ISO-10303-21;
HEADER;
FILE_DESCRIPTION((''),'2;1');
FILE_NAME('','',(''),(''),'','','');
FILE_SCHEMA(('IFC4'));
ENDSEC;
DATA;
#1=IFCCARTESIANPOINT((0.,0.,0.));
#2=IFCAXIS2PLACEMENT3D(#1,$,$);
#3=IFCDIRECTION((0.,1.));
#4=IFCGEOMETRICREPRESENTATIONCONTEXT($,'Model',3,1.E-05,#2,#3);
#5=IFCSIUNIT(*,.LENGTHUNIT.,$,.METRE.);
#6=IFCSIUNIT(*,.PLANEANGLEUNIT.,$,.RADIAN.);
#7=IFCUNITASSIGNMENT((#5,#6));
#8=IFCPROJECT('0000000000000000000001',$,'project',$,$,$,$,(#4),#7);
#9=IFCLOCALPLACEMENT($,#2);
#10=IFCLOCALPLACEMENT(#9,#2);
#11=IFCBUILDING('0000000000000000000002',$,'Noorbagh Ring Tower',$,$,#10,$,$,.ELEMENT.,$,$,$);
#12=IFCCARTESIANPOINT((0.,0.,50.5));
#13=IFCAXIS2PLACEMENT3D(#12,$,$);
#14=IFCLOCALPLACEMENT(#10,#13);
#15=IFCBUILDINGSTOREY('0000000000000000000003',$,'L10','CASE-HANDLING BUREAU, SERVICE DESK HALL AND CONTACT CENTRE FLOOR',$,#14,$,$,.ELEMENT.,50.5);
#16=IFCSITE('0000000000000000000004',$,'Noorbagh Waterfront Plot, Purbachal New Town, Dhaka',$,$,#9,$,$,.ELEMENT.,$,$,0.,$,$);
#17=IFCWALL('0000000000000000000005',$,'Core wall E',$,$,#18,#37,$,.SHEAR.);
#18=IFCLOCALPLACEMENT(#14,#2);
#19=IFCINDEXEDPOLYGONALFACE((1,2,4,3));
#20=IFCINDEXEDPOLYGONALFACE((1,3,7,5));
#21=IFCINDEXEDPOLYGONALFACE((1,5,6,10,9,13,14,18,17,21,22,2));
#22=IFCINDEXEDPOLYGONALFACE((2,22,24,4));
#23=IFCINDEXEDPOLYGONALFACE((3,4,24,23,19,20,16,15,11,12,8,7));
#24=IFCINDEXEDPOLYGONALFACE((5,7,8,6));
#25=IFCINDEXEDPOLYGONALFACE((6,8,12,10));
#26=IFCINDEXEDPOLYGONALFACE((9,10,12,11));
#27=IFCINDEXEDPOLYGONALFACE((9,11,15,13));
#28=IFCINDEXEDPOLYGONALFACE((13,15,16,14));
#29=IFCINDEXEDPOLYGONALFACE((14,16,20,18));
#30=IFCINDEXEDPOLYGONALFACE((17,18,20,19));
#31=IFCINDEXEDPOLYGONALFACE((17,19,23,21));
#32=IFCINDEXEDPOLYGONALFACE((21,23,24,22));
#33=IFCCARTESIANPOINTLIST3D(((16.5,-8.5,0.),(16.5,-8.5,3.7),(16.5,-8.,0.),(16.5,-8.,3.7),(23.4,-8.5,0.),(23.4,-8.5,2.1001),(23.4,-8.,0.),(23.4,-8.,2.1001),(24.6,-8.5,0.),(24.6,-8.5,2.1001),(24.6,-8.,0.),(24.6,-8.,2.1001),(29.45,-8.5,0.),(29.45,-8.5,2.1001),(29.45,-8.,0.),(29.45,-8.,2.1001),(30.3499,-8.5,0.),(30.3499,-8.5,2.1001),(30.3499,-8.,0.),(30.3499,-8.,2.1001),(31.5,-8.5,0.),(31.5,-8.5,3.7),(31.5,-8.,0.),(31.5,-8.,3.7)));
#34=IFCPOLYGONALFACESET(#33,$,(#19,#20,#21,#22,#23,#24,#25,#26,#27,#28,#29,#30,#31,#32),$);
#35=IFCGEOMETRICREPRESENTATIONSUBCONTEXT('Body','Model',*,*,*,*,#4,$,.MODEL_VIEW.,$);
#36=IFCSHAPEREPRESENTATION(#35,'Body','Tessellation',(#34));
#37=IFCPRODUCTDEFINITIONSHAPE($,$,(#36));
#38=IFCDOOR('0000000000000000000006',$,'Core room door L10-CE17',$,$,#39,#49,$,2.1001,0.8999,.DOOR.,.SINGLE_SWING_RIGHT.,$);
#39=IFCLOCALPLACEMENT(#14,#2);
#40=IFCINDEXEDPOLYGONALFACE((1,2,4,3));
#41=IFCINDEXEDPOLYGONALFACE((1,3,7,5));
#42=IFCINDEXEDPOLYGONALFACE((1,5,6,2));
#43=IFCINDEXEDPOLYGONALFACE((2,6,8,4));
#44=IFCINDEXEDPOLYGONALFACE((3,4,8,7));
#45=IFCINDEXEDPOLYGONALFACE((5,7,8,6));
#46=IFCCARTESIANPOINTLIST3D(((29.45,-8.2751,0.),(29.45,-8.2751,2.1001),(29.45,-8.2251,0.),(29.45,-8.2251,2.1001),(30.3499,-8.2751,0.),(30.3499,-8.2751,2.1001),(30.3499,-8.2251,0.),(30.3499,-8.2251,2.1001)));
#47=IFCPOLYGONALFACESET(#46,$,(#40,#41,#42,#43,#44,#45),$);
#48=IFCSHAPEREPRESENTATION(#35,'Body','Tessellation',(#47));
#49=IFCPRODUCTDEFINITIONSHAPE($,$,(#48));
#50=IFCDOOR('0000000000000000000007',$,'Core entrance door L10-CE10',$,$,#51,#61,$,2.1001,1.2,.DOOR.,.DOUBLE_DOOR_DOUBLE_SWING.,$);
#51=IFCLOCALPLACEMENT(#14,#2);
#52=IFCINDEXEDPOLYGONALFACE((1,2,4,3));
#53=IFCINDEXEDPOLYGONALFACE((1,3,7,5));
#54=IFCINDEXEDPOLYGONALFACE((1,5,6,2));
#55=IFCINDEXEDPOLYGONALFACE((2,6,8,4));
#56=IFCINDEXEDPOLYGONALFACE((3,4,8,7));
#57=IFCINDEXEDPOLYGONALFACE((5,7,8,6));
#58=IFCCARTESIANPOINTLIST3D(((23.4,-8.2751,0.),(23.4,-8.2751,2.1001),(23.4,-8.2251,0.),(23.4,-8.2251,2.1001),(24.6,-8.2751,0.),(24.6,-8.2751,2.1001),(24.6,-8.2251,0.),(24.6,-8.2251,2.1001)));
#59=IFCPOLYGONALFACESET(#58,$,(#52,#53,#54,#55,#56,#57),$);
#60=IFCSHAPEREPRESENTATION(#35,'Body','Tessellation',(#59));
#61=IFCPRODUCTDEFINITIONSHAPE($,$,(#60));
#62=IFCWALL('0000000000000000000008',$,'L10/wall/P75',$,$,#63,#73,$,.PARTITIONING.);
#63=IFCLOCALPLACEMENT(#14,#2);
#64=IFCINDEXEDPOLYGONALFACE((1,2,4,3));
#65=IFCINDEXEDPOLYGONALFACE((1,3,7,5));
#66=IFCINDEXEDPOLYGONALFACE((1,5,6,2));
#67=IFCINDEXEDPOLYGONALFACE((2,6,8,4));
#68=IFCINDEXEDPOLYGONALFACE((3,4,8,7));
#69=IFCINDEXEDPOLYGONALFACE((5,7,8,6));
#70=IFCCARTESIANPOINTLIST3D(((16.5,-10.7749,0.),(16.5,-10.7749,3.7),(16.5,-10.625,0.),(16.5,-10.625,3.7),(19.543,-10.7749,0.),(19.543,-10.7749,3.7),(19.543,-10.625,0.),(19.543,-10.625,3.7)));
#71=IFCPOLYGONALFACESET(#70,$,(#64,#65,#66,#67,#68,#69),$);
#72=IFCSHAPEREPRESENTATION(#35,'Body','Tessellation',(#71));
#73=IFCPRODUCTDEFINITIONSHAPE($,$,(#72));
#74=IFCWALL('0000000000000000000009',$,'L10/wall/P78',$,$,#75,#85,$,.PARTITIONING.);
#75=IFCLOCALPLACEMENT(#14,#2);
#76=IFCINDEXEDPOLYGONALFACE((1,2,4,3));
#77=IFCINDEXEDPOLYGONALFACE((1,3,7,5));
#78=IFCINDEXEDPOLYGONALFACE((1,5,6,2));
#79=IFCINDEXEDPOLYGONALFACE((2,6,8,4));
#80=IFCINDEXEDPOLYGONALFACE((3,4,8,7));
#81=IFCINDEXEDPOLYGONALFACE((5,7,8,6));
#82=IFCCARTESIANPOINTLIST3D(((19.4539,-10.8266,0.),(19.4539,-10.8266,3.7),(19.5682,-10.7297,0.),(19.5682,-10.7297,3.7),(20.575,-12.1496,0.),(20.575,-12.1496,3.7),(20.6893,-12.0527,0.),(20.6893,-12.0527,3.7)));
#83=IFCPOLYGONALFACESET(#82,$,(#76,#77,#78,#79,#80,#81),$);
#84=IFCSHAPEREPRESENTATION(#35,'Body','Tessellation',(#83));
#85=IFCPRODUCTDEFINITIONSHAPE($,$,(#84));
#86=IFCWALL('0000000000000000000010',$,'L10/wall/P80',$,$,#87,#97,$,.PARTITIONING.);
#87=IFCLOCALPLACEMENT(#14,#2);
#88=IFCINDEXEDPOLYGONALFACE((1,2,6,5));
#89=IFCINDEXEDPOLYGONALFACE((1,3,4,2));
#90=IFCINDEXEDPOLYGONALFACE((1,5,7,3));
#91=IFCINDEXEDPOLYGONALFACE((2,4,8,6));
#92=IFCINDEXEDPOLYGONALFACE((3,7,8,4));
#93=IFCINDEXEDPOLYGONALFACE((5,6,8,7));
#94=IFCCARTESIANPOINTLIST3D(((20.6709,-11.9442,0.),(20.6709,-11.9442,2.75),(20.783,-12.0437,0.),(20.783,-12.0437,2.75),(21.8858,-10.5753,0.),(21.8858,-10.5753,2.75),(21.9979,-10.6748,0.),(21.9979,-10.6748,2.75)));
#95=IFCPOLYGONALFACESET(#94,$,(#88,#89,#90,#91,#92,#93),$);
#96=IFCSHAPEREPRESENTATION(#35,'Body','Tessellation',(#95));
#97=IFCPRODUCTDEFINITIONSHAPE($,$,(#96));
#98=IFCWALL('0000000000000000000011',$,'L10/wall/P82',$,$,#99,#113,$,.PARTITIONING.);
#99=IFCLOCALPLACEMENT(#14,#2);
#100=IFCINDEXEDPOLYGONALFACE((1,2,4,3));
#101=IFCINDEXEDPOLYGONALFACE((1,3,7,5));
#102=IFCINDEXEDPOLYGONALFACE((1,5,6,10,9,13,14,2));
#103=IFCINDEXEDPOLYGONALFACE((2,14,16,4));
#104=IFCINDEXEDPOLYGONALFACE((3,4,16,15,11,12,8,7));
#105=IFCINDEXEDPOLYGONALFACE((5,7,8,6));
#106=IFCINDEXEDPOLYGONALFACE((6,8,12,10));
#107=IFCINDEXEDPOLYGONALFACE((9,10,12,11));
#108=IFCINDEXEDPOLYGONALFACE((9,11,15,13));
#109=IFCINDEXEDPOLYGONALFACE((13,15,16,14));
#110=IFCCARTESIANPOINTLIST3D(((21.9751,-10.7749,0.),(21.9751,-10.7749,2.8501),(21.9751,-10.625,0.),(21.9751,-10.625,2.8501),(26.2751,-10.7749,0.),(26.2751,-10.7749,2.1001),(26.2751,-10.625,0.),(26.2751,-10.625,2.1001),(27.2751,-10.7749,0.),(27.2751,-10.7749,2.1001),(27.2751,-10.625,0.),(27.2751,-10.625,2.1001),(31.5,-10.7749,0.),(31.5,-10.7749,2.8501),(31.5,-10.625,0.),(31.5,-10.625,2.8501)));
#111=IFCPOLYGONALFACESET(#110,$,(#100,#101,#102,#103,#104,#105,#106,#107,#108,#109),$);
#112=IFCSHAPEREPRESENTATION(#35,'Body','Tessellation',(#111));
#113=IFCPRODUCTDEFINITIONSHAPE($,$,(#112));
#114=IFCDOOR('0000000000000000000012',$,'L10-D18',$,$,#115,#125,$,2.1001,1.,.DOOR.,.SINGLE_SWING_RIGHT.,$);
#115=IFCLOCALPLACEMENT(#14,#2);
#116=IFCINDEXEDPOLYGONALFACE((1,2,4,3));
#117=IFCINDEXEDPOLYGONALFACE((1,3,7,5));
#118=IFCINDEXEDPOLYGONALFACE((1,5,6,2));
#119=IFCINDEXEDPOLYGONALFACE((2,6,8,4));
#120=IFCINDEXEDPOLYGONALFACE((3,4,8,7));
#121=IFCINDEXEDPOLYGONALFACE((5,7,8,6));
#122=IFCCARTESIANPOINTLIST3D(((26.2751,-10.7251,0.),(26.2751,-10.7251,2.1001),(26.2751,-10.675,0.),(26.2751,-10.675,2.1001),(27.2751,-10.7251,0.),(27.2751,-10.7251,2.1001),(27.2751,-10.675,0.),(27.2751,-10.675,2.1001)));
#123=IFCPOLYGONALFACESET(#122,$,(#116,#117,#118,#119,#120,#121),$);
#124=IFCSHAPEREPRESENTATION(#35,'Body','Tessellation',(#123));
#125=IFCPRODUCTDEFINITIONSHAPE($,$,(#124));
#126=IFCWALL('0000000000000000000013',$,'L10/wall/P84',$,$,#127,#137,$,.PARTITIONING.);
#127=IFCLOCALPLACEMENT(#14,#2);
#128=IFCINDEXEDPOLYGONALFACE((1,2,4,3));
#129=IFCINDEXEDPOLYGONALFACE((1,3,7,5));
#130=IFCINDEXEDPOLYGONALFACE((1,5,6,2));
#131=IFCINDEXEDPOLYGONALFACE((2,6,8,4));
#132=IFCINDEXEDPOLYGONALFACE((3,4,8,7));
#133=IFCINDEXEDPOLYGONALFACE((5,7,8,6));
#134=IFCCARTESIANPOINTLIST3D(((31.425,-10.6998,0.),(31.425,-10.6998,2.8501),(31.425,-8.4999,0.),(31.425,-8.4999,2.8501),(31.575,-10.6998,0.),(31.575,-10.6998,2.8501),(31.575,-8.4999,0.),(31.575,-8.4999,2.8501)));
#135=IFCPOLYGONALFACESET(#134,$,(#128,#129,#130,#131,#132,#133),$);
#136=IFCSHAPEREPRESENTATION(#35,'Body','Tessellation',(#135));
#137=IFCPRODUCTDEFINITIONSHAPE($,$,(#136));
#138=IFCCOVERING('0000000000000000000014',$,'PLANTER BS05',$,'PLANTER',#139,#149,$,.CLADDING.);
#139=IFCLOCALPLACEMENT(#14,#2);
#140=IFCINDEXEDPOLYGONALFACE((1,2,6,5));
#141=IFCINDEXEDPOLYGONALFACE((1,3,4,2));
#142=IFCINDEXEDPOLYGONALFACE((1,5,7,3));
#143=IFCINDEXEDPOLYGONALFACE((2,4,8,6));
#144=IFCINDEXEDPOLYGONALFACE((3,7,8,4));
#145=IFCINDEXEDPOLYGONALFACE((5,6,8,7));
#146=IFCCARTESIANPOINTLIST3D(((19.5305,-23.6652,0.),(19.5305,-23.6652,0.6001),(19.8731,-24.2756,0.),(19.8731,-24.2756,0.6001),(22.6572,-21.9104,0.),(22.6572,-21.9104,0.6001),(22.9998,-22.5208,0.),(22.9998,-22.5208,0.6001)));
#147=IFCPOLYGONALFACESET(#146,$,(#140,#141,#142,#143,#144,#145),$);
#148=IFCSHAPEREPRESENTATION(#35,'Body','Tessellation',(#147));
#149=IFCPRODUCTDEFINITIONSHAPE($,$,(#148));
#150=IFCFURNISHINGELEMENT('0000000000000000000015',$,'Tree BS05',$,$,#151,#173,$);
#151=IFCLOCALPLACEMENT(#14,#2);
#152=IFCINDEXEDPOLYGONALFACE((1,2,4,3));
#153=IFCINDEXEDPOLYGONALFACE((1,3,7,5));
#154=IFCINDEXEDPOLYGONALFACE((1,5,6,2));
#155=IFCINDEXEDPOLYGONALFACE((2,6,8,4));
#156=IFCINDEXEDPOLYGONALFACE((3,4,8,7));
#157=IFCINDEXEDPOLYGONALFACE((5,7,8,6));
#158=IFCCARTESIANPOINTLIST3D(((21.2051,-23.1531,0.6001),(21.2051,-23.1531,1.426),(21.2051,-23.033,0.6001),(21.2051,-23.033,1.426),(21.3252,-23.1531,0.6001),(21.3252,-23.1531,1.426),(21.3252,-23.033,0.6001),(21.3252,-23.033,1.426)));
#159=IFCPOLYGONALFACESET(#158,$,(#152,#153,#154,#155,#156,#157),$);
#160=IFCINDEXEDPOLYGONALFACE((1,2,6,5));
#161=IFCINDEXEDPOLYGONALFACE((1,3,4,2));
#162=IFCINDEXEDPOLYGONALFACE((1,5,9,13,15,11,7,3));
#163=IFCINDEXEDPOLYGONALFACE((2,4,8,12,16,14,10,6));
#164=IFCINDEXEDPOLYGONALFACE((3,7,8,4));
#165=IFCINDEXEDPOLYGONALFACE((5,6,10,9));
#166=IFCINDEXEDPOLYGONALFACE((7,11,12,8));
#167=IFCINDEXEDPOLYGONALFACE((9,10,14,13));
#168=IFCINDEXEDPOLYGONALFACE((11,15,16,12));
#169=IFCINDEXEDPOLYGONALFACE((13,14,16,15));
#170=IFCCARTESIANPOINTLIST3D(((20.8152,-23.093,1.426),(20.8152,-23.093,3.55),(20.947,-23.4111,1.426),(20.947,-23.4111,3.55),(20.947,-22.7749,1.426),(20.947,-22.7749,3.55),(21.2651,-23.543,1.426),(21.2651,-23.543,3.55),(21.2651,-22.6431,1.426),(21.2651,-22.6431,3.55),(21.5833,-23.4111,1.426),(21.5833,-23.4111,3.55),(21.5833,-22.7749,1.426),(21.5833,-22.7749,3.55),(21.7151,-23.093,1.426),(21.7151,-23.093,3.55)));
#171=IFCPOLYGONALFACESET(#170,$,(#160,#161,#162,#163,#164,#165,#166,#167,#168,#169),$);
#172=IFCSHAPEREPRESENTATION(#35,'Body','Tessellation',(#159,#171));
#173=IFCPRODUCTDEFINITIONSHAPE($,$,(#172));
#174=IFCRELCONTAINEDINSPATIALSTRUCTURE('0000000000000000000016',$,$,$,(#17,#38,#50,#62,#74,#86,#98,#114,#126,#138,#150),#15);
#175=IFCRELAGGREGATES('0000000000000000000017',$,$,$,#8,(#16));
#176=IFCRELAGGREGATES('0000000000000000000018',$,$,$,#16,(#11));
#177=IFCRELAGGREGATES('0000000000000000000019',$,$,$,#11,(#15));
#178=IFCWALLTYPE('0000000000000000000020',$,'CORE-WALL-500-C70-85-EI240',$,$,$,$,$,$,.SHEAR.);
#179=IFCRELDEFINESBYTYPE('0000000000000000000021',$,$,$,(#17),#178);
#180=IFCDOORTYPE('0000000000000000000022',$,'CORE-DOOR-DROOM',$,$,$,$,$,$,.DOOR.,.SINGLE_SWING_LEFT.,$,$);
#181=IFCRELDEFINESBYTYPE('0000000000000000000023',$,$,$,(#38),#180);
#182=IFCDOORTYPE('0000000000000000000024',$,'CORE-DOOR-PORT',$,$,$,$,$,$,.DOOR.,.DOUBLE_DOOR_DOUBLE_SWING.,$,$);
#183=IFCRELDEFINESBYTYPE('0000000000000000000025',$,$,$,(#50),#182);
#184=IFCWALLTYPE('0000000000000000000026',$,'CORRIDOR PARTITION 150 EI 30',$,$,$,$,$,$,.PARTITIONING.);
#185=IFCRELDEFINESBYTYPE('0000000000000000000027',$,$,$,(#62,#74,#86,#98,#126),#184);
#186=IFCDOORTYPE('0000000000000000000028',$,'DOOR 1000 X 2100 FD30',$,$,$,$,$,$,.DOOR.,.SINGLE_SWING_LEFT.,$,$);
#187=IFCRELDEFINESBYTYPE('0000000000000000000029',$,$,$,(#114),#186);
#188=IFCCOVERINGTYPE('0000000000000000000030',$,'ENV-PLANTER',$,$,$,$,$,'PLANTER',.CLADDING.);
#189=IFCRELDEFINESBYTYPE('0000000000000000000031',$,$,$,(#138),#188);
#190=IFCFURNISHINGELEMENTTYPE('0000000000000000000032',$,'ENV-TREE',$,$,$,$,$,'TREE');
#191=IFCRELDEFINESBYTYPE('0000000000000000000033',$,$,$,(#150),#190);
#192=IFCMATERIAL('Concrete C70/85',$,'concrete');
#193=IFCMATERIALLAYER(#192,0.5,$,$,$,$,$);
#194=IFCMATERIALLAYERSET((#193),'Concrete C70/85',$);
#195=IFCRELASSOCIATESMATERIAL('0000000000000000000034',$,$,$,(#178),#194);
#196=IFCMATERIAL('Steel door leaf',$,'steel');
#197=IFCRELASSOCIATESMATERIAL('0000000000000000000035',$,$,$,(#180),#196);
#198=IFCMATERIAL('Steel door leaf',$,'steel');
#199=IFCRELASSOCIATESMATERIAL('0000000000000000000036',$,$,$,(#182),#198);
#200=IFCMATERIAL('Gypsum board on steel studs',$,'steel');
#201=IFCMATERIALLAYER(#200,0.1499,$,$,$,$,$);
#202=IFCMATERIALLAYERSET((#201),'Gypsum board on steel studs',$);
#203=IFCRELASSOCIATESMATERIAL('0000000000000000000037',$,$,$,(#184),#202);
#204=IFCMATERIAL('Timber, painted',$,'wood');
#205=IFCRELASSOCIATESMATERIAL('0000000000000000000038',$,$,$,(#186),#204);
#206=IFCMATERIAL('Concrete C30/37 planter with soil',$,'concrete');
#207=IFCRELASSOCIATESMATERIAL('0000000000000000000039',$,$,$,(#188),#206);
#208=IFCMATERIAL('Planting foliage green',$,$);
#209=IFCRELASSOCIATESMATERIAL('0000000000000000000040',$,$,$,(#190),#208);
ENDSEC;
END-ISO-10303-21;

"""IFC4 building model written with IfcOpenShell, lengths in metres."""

from ifc_helpers import new_model, si_unit, direction, frame, frame_2d, origin, origin_2d, place, context, subcontext, project, spatial, polyline, rectangle, outline, extrude, material, layer, layer_set, type_object, element, fill, save


model = new_model("IFC4")

# Units and contexts
model_context = context("Model", 3, precision=1e-05, world=origin(), true_north=direction((0.0, 1.0)))
body_context = subcontext(model_context, "Body", "Model", "MODEL_VIEW")
ifc_project = project(units=[si_unit("LENGTHUNIT", "METRE"), si_unit("PLANEANGLEUNIT", "RADIAN")], contexts=[model_context])

# Site, building, storey
site_placement = place(None, origin())
site = spatial("IfcSite", under=ifc_project, at=site_placement, Name="Noorbagh Waterfront Plot, Purbachal New Town, Dhaka", CompositionType="ELEMENT", RefElevation=0.0)
building_placement = place(site_placement, origin())
building = spatial("IfcBuilding", under=site, at=building_placement, Name="Noorbagh Ring Tower", CompositionType="ELEMENT")
storey_placement = place(building_placement, frame((0.0, 0.0, 50.5)))
storey = spatial("IfcBuildingStorey", under=building, at=storey_placement, Name="L10", Description="CASE-HANDLING BUREAU, SERVICE DESK HALL AND CONTACT CENTRE FLOOR", CompositionType="ELEMENT", Elevation=50.5)

# Wall, openings, doors
ifc_material_1 = material(Name="Concrete C70/85", Category="concrete")
ifc_layer_1 = layer(ifc_material_1, 0.5)
ifc_layer_set_1 = layer_set([ifc_layer_1], Name="Concrete C70/85")
wall_type_1 = type_object("IfcWallType", Name="CORE-WALL-500-C70-85-EI240", PredefinedType="SHEAR", material=ifc_layer_set_1)
wall_1_placement = place(storey_placement, frame((16.5, -8.25, 0.0), z_axis=(0.0, 0.0, 1.0), x_axis=(1.0, 0.0, 0.0)))
wall_1 = element("IfcWall", 1, at=wall_1_placement, inside=storey, type_object=wall_type_1, Name="Core wall E", PredefinedType="SHEAR", context=body_context, shape_type="SweptSolid", body=[
    extrude(rectangle(XDim=15.0, YDim=0.5, at=frame_2d((7.5, 0.0))), origin(), (0.0, 0.0, 1.0), 3.7),
])
opening_1_placement = place(wall_1_placement, frame((6.8999, 0.0, 0.0)))
opening_1 = element("IfcOpeningElement", 2, at=opening_1_placement, cuts=wall_1, PredefinedType="OPENING", context=body_context, shape_type="SweptSolid", body=[
    extrude(rectangle(XDim=1.2, YDim=2.1001, at=frame_2d((0.6001, 1.05))), frame((0.0, 0.26, 0.0), z_axis=(0.0, -1.0, 0.0), x_axis=(1.0, 0.0, 0.0)), (0.0, 0.0, 1.0), 0.52),
])
opening_2_placement = place(wall_1_placement, frame((12.95, 0.0, 0.0)))
opening_2 = element("IfcOpeningElement", 3, at=opening_2_placement, cuts=wall_1, PredefinedType="OPENING", context=body_context, shape_type="SweptSolid", body=[
    extrude(rectangle(XDim=0.8999, YDim=2.1001, at=frame_2d((0.45, 1.05))), frame((0.0, 0.26, 0.0), z_axis=(0.0, -1.0, 0.0), x_axis=(1.0, 0.0, 0.0)), (0.0, 0.0, 1.0), 0.52),
])
ifc_material_2 = material(Name="Steel door leaf", Category="steel")
door_type_1 = type_object("IfcDoorType", Name="CORE-DOOR-DROOM", OperationType="SINGLE_SWING_LEFT", PredefinedType="DOOR", material=ifc_material_2)
door_1_placement = place(opening_2_placement, origin())
door_1 = element("IfcDoor", 4, at=door_1_placement, inside=storey, type_object=door_type_1, Name="Core room door L10-CE17", OperationType="SINGLE_SWING_RIGHT", OverallHeight=2.1001, OverallWidth=0.8999, PredefinedType="DOOR", context=body_context, shape_type="SweptSolid", body=[
    extrude(rectangle(XDim=0.8999, YDim=2.1001, at=frame_2d((0.45, 1.05))), frame((0.0, 0.0249, 0.0), z_axis=(0.0, -1.0, 0.0), x_axis=(1.0, 0.0, 0.0)), (0.0, 0.0, 1.0), 0.05),
])
fill(opening_2, door_1)
ifc_material_3 = material(Name="Steel door leaf", Category="steel")
door_type_2 = type_object("IfcDoorType", Name="CORE-DOOR-PORT", OperationType="DOUBLE_DOOR_DOUBLE_SWING", PredefinedType="DOOR", material=ifc_material_3)
door_2_placement = place(opening_1_placement, origin())
door_2 = element("IfcDoor", 5, at=door_2_placement, inside=storey, type_object=door_type_2, Name="Core entrance door L10-CE10", OperationType="DOUBLE_DOOR_DOUBLE_SWING", OverallHeight=2.1001, OverallWidth=1.2, PredefinedType="DOOR", context=body_context, shape_type="SweptSolid", body=[
    extrude(rectangle(XDim=1.2, YDim=2.1001, at=frame_2d((0.6001, 1.05))), frame((0.0, 0.0249, 0.0), z_axis=(0.0, -1.0, 0.0), x_axis=(1.0, 0.0, 0.0)), (0.0, 0.0, 1.0), 0.05),
])
fill(opening_1, door_2)

# Walls
ifc_material_4 = material(Name="Gypsum board on steel studs", Category="steel")
ifc_layer_2 = layer(ifc_material_4, 0.1499)
ifc_layer_set_2 = layer_set([ifc_layer_2], Name="Gypsum board on steel studs")
wall_type_2 = type_object("IfcWallType", Name="CORRIDOR PARTITION 150 EI 30", PredefinedType="PARTITIONING", material=ifc_layer_set_2)
wall_2_placement = place(storey_placement, frame((16.5, -10.7, 0.0), z_axis=(0.0, 0.0, 1.0), x_axis=(1.0, 0.0, 0.0)))
element("IfcWall", 6, at=wall_2_placement, inside=storey, type_object=wall_type_2, Name="L10/wall/P75", PredefinedType="PARTITIONING", context=body_context, shape_type="SweptSolid", body=[
    extrude(rectangle(XDim=3.043, YDim=0.1499, at=frame_2d((1.5215, 0.0))), origin(), (0.0, 0.0, 1.0), 3.7),
])
wall_3_placement = place(storey_placement, frame((19.511, -10.7781, 0.0), z_axis=(0.0, 0.0, 1.0), x_axis=(0.646491, -0.762921, 0.0)))
element("IfcWall", 7, at=wall_3_placement, inside=storey, type_object=wall_type_2, Name="L10/wall/P78", PredefinedType="PARTITIONING", context=body_context, shape_type="SweptSolid", body=[
    extrude(rectangle(XDim=1.7341, YDim=0.1499, at=frame_2d((0.8672, 0.0))), origin(), (0.0, 0.0, 1.0), 3.7),
])
wall_4_placement = place(storey_placement, frame((20.7271, -11.9939, 0.0), z_axis=(0.0, 0.0, 1.0), x_axis=(0.663767, 0.747939, 0.0)))
element("IfcWall", 8, at=wall_4_placement, inside=storey, type_object=wall_type_2, Name="L10/wall/P80", PredefinedType="PARTITIONING", context=body_context, shape_type="SweptSolid", body=[
    extrude(rectangle(XDim=1.8303, YDim=0.1499, at=frame_2d((0.915, 0.0))), origin(), (0.0, 0.0, 1.0), 2.75),
])

# Wall, opening, door
wall_5_placement = place(storey_placement, frame((21.9751, -10.7, 0.0), z_axis=(0.0, 0.0, 1.0), x_axis=(1.0, 0.0, 0.0)))
wall_5 = element("IfcWall", 9, at=wall_5_placement, inside=storey, type_object=wall_type_2, Name="L10/wall/P82", PredefinedType="PARTITIONING", context=body_context, shape_type="SweptSolid", body=[
    extrude(rectangle(XDim=9.5249, YDim=0.1499, at=frame_2d((4.7625, 0.0))), origin(), (0.0, 0.0, 1.0), 2.8501),
])
opening_3_placement = place(wall_5_placement, frame((4.3, 0.0, 0.0)))
opening_3 = element("IfcOpeningElement", 10, at=opening_3_placement, cuts=wall_5, PredefinedType="OPENING", context=body_context, shape_type="SweptSolid", body=[
    extrude(rectangle(XDim=1.0, YDim=2.1001, at=frame_2d((0.5, 1.05))), frame((0.0, 0.085, 0.0), z_axis=(0.0, -1.0, 0.0), x_axis=(1.0, 0.0, 0.0)), (0.0, 0.0, 1.0), 0.1699),
])
ifc_material_5 = material(Name="Timber, painted", Category="wood")
door_type_3 = type_object("IfcDoorType", Name="DOOR 1000 X 2100 FD30", OperationType="SINGLE_SWING_LEFT", PredefinedType="DOOR", material=ifc_material_5)
door_3_placement = place(opening_3_placement, origin())
door_3 = element("IfcDoor", 11, at=door_3_placement, inside=storey, type_object=door_type_3, Name="L10-D18", OperationType="SINGLE_SWING_RIGHT", OverallHeight=2.1001, OverallWidth=1.0, PredefinedType="DOOR", context=body_context, shape_type="SweptSolid", body=[
    extrude(rectangle(XDim=1.0, YDim=2.1001, at=frame_2d((0.5, 1.05))), frame((0.0, 0.0249, 0.0), z_axis=(0.0, -1.0, 0.0), x_axis=(1.0, 0.0, 0.0)), (0.0, 0.0, 1.0), 0.05),
])
fill(opening_3, door_3)

# Wall
wall_6_placement = place(storey_placement, frame((31.5, -10.7, 0.0), z_axis=(0.0, 0.0, 1.0), x_axis=(0.0, 1.0, 0.0)))
element("IfcWall", 12, at=wall_6_placement, inside=storey, type_object=wall_type_2, Name="L10/wall/P84", PredefinedType="PARTITIONING", context=body_context, shape_type="SweptSolid", body=[
    extrude(rectangle(XDim=2.2, YDim=0.1499, at=frame_2d((1.1001, 0.0))), origin(), (0.0, 0.0, 1.0), 2.8501),
])

# Covering
ifc_material_6 = material(Name="Concrete C30/37 planter with soil", Category="concrete")
covering_type = type_object("IfcCoveringType", Name="ENV-PLANTER", ElementType="PLANTER", PredefinedType="CLADDING", material=ifc_material_6)
covering_placement = place(storey_placement, frame((21.2651, -23.093, 0.0), z_axis=(0.0, 0.0, 1.0), x_axis=(0.872045, 0.489426, 0.0)))
element("IfcCovering", 13, at=covering_placement, inside=storey, type_object=covering_type, Name="PLANTER BS05", ObjectType="PLANTER", PredefinedType="CLADDING", context=body_context, shape_type="SweptSolid", body=[
    extrude(rectangle(XDim=3.5854, YDim=0.7, at=origin_2d()), origin(), (0.0, 0.0, 1.0), 0.6001),
])

# Furnishing element
ifc_material_7 = material(Name="Planting foliage green")
furnishing_element_type = type_object("IfcFurnishingElementType", Name="ENV-TREE", ElementType="TREE", material=ifc_material_7)
furnishing_placement = place(storey_placement, frame((21.2651, -23.093, 0.6001), z_axis=(0.0, 0.0, 1.0), x_axis=(1.0, 0.0, 0.0)))
element("IfcFurnishingElement", 14, at=furnishing_placement, inside=storey, type_object=furnishing_element_type, Name="Tree BS05", context=body_context, shape_type="SweptSolid", body=[
    extrude(rectangle(XDim=0.1201, YDim=0.1201, at=origin_2d()), origin(), (0.0, 0.0, 1.0), 0.8259),
    extrude(outline(polyline([(0.45, 0.0), (0.3181, 0.3181), (0.0, 0.45), (-0.3181, 0.3181), (-0.45, 0.0), (-0.3181, -0.3181), (0.0, -0.45), (0.3181, -0.3181), (0.45, 0.0)])), frame((0.0, 0.0, 0.8259)), (0.0, 0.0, 1.0), 2.124),
])

save(model, "model.ifc")
